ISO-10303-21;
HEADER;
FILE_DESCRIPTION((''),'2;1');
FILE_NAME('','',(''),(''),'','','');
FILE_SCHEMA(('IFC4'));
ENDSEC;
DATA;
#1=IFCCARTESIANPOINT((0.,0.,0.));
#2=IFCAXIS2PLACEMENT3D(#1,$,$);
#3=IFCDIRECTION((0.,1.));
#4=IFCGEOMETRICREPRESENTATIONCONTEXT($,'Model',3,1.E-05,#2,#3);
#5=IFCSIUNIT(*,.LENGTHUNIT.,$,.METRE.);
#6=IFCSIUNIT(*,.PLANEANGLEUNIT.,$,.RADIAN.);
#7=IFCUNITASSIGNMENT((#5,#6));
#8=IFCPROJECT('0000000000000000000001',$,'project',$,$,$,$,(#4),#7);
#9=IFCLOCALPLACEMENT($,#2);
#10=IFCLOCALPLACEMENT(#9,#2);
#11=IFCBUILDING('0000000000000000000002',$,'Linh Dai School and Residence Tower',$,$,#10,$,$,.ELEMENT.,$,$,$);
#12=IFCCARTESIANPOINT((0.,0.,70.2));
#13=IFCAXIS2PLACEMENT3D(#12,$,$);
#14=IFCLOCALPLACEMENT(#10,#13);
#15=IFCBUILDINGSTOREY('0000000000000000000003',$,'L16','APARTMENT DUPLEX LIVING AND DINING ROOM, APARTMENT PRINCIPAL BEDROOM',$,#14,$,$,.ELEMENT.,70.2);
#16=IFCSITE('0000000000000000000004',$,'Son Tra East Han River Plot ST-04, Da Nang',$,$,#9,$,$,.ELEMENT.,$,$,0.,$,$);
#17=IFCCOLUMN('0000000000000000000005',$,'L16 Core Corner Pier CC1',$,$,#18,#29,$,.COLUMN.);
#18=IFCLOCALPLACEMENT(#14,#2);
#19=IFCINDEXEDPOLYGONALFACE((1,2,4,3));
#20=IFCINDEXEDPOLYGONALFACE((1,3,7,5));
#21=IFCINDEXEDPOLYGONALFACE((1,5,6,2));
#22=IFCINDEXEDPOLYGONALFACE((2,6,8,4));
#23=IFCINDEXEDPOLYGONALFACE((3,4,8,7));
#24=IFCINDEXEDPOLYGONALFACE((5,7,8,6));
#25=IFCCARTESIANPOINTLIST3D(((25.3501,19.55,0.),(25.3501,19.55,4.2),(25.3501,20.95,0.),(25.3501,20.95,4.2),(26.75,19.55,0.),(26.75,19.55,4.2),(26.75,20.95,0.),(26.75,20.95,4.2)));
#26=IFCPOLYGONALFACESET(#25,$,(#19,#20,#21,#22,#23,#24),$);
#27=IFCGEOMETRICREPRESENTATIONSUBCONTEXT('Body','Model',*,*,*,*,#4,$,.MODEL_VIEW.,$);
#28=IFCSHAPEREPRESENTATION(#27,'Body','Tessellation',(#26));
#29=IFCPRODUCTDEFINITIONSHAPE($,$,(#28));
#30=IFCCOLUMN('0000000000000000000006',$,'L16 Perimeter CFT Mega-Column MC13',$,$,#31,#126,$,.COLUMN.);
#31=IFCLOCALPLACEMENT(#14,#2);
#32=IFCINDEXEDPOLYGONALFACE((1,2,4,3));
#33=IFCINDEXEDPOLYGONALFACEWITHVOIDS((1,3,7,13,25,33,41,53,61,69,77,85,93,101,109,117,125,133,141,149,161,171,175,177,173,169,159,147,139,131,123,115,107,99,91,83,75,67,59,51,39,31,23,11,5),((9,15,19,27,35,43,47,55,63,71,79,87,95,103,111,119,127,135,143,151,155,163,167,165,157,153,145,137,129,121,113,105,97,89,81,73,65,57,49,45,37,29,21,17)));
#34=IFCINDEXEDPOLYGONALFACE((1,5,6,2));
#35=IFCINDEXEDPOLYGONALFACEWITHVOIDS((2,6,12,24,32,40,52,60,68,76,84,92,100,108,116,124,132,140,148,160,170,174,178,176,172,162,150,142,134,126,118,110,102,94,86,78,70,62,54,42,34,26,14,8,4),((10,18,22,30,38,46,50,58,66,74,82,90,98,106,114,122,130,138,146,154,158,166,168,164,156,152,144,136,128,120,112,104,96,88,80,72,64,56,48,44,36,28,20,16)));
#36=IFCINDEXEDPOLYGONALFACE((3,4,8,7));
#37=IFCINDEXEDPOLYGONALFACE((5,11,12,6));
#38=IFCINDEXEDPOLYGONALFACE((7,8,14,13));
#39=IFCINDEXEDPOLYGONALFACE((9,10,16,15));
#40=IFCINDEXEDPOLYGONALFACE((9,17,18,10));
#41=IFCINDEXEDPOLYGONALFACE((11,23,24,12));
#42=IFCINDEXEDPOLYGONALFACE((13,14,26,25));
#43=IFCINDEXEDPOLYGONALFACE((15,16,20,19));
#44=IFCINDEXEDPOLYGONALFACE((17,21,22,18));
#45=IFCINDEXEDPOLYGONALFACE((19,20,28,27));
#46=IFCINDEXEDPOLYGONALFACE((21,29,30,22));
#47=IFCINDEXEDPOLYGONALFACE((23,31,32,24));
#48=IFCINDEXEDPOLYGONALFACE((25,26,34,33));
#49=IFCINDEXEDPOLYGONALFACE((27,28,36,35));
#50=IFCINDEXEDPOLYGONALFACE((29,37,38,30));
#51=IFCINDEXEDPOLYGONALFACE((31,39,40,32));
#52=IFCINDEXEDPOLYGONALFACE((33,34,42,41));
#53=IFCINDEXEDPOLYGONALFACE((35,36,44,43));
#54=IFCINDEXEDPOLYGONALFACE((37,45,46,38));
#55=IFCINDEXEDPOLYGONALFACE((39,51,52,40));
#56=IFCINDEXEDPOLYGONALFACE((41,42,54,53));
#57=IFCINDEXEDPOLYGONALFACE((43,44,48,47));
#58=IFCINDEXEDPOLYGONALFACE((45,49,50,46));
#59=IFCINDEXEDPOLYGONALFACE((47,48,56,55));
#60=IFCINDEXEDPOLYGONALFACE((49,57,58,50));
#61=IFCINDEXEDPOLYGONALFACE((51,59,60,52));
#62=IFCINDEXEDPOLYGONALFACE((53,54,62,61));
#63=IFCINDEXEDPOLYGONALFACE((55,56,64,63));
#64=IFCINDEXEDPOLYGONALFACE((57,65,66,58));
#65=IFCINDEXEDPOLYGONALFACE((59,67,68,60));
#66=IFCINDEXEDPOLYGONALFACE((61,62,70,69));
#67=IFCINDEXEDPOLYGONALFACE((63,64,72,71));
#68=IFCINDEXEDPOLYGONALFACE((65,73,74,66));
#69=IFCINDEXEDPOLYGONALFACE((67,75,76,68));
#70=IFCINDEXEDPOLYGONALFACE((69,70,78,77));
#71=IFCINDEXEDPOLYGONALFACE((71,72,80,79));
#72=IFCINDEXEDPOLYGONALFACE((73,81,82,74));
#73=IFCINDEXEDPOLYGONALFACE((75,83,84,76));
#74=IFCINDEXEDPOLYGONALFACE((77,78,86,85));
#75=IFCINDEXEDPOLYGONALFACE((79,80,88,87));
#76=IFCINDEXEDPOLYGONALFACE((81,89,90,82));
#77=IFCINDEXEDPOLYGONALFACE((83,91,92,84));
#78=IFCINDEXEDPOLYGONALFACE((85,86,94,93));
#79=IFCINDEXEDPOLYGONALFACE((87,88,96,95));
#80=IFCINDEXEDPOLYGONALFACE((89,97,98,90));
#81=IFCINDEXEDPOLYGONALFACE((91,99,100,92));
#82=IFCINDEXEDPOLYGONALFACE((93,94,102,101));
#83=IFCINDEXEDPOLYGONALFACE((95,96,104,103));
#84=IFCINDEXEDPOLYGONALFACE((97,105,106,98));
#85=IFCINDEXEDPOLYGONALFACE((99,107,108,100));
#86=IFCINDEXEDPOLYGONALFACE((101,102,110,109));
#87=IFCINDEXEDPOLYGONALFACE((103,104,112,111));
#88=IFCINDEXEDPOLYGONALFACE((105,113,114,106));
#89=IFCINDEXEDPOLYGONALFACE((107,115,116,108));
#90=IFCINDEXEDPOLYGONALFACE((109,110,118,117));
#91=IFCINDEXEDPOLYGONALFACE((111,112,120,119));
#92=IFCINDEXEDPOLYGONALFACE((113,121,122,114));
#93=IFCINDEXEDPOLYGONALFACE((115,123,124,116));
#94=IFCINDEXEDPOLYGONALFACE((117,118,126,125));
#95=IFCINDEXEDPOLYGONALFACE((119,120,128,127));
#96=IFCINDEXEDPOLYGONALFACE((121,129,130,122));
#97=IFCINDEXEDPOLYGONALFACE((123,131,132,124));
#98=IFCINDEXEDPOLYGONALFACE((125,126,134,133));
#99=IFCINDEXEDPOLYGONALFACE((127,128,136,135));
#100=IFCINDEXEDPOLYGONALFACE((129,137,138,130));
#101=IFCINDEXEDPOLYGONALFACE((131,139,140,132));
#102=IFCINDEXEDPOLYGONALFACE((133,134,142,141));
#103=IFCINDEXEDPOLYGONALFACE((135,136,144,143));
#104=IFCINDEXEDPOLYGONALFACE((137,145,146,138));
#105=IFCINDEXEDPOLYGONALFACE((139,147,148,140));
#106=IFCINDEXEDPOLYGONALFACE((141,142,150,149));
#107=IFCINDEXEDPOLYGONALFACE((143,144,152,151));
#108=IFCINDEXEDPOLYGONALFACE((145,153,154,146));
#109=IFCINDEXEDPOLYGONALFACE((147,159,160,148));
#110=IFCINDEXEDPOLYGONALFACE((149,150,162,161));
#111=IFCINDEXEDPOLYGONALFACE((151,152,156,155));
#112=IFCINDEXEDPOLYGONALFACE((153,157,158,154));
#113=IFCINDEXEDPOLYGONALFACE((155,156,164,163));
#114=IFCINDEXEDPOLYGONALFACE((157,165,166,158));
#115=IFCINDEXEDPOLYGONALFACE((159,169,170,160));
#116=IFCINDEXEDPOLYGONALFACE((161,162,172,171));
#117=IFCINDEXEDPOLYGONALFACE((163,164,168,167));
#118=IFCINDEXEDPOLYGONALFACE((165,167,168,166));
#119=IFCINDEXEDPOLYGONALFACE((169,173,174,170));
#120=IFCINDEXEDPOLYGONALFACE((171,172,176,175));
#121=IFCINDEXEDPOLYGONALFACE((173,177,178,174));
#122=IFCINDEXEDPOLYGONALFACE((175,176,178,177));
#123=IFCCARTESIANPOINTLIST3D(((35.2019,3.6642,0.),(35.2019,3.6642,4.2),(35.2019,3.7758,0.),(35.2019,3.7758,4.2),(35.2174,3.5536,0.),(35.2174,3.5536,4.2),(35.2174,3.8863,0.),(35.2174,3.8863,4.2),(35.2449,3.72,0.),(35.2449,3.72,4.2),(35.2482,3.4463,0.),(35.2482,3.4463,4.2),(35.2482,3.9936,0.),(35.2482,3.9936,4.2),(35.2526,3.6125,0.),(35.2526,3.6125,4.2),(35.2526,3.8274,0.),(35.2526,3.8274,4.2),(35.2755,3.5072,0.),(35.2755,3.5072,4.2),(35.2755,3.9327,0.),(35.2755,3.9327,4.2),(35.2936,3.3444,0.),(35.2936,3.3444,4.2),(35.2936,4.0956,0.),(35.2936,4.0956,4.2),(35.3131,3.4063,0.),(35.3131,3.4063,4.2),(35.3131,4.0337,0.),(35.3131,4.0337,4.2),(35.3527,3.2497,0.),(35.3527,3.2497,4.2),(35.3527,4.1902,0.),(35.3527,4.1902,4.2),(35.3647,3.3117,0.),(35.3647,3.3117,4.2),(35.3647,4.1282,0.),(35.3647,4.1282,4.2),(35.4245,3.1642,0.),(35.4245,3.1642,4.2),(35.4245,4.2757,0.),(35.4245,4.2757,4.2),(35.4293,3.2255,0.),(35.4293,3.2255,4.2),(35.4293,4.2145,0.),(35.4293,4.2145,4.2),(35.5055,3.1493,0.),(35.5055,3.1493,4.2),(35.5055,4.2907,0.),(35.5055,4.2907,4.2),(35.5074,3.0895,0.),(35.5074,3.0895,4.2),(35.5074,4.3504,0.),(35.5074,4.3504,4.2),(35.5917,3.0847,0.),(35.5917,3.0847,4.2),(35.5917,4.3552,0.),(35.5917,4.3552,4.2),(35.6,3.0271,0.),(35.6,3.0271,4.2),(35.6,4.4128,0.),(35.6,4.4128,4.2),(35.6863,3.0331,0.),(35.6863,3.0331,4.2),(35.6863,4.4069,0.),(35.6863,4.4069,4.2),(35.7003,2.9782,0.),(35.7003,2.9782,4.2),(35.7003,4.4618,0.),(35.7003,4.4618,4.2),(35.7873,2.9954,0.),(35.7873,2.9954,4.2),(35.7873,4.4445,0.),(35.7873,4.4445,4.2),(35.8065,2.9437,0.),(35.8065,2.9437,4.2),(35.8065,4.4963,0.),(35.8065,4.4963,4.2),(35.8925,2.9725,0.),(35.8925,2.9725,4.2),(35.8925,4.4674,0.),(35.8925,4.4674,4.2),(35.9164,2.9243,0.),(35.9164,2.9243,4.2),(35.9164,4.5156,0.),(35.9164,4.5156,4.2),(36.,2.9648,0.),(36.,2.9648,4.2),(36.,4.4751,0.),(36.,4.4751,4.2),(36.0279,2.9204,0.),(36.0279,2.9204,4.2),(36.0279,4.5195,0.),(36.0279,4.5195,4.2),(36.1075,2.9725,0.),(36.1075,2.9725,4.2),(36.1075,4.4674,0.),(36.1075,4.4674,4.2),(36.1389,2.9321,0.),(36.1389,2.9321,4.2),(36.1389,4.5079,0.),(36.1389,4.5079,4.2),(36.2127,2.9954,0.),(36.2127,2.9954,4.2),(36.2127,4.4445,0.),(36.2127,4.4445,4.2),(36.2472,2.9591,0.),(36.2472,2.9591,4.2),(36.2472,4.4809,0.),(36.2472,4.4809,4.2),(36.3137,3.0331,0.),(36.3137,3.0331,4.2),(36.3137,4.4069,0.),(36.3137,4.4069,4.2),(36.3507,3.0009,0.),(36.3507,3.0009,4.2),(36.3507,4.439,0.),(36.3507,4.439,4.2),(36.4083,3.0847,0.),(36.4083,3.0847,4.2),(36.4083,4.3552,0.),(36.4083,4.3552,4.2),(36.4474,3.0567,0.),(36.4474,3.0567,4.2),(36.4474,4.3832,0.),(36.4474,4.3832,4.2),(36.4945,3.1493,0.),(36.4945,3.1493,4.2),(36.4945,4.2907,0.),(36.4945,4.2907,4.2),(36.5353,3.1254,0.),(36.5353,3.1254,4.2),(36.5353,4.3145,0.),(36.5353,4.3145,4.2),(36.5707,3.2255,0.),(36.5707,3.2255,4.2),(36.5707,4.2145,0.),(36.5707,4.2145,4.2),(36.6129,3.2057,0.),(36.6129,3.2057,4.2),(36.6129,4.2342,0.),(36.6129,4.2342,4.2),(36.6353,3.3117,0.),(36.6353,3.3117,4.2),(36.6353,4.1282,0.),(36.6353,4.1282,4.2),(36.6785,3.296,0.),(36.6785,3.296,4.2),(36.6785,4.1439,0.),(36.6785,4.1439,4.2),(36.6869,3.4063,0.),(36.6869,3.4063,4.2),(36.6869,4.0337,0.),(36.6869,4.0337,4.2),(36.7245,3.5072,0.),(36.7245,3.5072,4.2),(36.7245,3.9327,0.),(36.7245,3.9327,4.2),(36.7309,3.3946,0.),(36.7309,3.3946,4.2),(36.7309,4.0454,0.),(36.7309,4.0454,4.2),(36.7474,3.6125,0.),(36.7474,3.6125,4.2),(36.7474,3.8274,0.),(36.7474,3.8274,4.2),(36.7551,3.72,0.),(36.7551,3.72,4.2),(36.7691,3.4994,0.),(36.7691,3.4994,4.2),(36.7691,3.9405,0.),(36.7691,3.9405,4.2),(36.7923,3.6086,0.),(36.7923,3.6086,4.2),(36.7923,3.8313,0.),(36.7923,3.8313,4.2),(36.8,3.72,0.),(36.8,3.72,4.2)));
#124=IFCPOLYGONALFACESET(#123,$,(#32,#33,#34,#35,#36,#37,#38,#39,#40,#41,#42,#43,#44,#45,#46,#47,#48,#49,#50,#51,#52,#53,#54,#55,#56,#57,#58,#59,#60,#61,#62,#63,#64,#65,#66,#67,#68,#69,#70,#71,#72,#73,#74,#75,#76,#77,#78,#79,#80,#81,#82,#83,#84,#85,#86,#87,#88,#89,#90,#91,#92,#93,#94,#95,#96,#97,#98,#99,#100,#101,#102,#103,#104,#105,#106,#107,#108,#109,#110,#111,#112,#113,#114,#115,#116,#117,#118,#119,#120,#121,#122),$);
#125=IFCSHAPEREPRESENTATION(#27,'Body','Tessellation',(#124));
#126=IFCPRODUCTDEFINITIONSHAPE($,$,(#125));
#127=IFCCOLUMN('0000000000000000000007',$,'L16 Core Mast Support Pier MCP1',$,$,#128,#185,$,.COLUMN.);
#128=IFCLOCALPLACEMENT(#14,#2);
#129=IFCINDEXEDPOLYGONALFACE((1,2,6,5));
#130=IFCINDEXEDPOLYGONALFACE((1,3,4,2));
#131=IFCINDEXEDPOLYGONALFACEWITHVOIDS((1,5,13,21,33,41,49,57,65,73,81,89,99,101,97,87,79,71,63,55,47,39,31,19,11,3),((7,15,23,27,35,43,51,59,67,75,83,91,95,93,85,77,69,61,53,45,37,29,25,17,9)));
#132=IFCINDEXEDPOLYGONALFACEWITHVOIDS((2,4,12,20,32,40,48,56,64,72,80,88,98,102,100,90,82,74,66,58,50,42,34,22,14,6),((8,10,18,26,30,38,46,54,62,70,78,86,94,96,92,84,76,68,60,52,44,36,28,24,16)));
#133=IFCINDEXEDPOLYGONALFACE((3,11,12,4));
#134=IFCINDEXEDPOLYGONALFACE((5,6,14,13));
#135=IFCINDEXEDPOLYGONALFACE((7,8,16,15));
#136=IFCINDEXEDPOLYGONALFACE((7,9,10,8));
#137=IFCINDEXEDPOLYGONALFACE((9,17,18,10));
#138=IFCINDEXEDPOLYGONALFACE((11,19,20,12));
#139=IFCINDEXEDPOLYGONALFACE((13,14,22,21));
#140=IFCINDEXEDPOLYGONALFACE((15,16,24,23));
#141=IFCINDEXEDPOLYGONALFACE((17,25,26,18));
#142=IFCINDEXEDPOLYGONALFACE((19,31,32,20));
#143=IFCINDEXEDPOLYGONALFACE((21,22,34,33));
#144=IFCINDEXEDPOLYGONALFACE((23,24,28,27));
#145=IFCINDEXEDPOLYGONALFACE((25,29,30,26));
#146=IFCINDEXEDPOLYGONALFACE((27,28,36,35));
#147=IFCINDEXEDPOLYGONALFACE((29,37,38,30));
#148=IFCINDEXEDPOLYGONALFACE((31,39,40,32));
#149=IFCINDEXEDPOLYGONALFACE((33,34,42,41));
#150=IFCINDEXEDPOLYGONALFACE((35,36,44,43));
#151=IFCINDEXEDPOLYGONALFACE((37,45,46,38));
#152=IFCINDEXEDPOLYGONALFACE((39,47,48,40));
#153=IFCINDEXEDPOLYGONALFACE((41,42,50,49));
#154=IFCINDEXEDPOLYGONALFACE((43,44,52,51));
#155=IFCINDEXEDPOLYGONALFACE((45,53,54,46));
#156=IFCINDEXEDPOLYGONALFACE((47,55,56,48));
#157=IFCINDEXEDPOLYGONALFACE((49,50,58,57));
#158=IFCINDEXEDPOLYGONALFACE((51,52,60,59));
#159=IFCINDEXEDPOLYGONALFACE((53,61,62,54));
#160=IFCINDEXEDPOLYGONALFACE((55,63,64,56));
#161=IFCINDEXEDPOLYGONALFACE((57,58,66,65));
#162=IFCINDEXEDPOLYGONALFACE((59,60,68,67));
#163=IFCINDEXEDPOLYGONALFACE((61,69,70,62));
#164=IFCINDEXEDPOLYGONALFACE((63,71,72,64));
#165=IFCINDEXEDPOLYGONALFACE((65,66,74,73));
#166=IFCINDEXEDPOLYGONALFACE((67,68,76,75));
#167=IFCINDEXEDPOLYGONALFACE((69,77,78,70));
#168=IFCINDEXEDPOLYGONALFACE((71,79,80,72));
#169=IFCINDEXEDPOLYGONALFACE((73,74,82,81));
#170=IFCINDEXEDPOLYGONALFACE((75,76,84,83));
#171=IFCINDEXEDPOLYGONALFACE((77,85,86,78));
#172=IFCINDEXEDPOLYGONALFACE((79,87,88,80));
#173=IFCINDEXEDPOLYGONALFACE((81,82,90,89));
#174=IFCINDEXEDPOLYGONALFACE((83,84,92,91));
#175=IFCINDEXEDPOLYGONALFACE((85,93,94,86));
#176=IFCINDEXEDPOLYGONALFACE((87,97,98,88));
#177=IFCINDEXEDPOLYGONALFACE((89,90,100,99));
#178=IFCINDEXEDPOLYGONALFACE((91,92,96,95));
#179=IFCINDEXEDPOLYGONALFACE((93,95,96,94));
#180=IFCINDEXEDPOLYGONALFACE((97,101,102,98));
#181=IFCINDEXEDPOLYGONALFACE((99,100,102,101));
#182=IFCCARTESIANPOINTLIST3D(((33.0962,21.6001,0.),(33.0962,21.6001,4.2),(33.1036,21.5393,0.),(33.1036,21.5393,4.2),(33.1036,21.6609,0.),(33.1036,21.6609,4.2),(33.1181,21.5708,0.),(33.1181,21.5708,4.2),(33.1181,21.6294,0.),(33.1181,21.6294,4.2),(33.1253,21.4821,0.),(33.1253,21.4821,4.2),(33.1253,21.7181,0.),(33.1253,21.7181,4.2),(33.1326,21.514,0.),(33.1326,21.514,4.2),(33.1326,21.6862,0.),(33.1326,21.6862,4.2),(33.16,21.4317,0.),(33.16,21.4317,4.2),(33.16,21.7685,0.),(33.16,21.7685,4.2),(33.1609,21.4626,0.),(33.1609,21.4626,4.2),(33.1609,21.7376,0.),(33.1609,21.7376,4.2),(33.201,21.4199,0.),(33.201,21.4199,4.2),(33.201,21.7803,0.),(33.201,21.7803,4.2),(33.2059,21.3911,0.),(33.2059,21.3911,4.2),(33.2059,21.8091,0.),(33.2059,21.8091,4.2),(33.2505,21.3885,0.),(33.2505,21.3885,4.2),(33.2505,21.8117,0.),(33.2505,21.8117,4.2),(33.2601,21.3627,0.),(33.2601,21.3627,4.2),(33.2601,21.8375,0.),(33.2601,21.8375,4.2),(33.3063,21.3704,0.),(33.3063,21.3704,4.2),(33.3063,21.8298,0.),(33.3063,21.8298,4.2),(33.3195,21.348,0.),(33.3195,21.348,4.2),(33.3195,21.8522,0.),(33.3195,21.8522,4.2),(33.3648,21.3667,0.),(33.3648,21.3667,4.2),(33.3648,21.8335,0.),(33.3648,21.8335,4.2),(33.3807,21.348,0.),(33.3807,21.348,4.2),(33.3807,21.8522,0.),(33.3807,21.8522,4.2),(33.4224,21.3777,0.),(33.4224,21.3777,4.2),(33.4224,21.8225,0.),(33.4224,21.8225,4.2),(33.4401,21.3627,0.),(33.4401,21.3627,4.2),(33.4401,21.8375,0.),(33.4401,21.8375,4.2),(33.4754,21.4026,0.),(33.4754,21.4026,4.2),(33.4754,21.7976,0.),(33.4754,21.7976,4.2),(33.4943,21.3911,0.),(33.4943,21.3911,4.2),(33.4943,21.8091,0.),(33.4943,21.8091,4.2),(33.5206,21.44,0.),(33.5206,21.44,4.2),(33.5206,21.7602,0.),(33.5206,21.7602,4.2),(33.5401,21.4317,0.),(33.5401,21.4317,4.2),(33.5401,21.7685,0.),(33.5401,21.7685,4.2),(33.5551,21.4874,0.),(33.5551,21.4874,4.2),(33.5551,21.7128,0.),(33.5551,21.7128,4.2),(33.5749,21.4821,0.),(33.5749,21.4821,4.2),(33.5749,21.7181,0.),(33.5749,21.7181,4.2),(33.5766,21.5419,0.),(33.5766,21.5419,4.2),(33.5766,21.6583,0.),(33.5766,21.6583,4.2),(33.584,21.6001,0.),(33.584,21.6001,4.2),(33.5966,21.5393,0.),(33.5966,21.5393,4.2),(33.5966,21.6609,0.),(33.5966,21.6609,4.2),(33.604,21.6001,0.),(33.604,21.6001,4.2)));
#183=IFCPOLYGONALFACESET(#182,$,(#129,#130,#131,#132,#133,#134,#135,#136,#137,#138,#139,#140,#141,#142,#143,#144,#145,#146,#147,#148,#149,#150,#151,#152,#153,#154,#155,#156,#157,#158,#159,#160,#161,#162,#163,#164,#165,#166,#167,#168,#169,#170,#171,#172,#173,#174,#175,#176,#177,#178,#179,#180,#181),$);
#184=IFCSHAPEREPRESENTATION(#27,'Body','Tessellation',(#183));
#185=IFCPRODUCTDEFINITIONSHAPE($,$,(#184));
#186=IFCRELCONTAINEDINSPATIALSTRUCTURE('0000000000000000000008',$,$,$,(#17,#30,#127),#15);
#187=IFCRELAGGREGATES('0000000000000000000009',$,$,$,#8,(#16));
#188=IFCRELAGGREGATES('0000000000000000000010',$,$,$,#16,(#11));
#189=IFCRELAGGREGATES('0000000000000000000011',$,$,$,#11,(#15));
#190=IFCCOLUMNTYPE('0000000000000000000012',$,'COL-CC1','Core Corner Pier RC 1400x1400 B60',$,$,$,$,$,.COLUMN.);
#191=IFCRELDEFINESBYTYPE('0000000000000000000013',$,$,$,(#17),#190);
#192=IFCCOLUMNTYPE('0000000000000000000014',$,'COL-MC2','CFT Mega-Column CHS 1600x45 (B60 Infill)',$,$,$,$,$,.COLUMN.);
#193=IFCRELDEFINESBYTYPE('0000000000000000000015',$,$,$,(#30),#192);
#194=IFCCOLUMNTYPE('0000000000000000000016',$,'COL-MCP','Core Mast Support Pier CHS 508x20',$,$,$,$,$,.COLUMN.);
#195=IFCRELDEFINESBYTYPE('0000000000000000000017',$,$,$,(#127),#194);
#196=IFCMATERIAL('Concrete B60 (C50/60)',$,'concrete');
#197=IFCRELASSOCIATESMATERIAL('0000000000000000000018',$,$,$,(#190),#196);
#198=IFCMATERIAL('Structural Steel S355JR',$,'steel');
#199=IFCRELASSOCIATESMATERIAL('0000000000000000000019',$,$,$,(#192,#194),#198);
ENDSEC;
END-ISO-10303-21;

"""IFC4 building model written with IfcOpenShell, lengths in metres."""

from ifc_helpers import new_model, si_unit, direction, frame, origin, origin_2d, place, context, subcontext, project, spatial, rectangle, hollow_circle, extrude, material, material_profile, profile_set, type_object, element, save


model = new_model("IFC4")

# Units and contexts
model_context = context("Model", 3, precision=1e-05, world=origin(), true_north=direction((0.0, 1.0)))
body_context = subcontext(model_context, "Body", "Model", "MODEL_VIEW")
ifc_project = project(units=[si_unit("LENGTHUNIT", "METRE"), si_unit("PLANEANGLEUNIT", "RADIAN")], contexts=[model_context])

# Site, building, storey
site_placement = place(None, origin())
site = spatial("IfcSite", under=ifc_project, at=site_placement, Name="Son Tra East Han River Plot ST-04, Da Nang", CompositionType="ELEMENT", RefElevation=0.0)
building_placement = place(site_placement, origin())
building = spatial("IfcBuilding", under=site, at=building_placement, Name="Linh Dai School and Residence Tower", CompositionType="ELEMENT")
storey_placement = place(building_placement, frame((0.0, 0.0, 70.2)))
storey = spatial("IfcBuildingStorey", under=building, at=storey_placement, Name="L16", Description="APARTMENT DUPLEX LIVING AND DINING ROOM, APARTMENT PRINCIPAL BEDROOM", CompositionType="ELEMENT", Elevation=70.2)

# Columns
ifc_material_1 = material(Name="Concrete B60 (C50/60)", Category="concrete")
ifc_material_profile_1 = material_profile(ifc_material_1, rectangle(XDim=1.3999, YDim=1.3999, at=origin_2d()), Name="RC 1400x1400")
ifc_profile_set_1 = profile_set([ifc_material_profile_1], Name="Concrete B60 (C50/60)")
column_type_1 = type_object("IfcColumnType", Name="COL-CC1", Description="Core Corner Pier RC 1400x1400 B60", PredefinedType="COLUMN", material=ifc_profile_set_1)
column_1_placement = place(storey_placement, frame((26.05, 20.25, 0.0), z_axis=(0.0, 0.0, 1.0), x_axis=(1.0, 0.0, 0.0)))
element("IfcColumn", 1, at=column_1_placement, inside=storey, type_object=column_type_1, Name="L16 Core Corner Pier CC1", PredefinedType="COLUMN", context=body_context, shape_type="SweptSolid", body=[
    extrude(rectangle(XDim=1.3999, YDim=1.3999, at=origin_2d()), origin(), (0.0, 0.0, 1.0), 4.2),
])
ifc_material_2 = material(Name="Structural Steel S355JR", Category="steel")
ifc_material_profile_2 = material_profile(ifc_material_2, hollow_circle(Radius=0.8, WallThickness=0.0449, at=origin_2d()), Name="CHS 1600x45")
ifc_profile_set_2 = profile_set([ifc_material_profile_2], Name="Structural Steel S355JR")
column_type_2 = type_object("IfcColumnType", Name="COL-MC2", Description="CFT Mega-Column CHS 1600x45 (B60 Infill)", PredefinedType="COLUMN", material=ifc_profile_set_2)
column_2_placement = place(storey_placement, frame((36.0, 3.72, 0.0), z_axis=(0.0, 0.0, 1.0), x_axis=(1.0, 0.0, 0.0)))
element("IfcColumn", 2, at=column_2_placement, inside=storey, type_object=column_type_2, Name="L16 Perimeter CFT Mega-Column MC13", PredefinedType="COLUMN", context=body_context, shape_type="SweptSolid", body=[
    extrude(hollow_circle(Radius=0.8, WallThickness=0.0449, at=origin_2d()), origin(), (0.0, 0.0, 1.0), 4.2),
])
ifc_material_profile_3 = material_profile(ifc_material_2, hollow_circle(Radius=0.2539, WallThickness=0.02, at=origin_2d()), Name="CHS 508x20")
ifc_profile_set_3 = profile_set([ifc_material_profile_3], Name="Structural Steel S355JR")
column_type_3 = type_object("IfcColumnType", Name="COL-MCP", Description="Core Mast Support Pier CHS 508x20", PredefinedType="COLUMN", material=ifc_profile_set_3)
column_3_placement = place(storey_placement, frame((33.3501, 21.6001, 0.0), z_axis=(0.0, 0.0, 1.0), x_axis=(1.0, 0.0, 0.0)))
element("IfcColumn", 3, at=column_3_placement, inside=storey, type_object=column_type_3, Name="L16 Core Mast Support Pier MCP1", PredefinedType="COLUMN", context=body_context, shape_type="SweptSolid", body=[
    extrude(hollow_circle(Radius=0.2539, WallThickness=0.02, at=origin_2d()), origin(), (0.0, 0.0, 1.0), 4.2),
])

save(model, "model.ifc")
